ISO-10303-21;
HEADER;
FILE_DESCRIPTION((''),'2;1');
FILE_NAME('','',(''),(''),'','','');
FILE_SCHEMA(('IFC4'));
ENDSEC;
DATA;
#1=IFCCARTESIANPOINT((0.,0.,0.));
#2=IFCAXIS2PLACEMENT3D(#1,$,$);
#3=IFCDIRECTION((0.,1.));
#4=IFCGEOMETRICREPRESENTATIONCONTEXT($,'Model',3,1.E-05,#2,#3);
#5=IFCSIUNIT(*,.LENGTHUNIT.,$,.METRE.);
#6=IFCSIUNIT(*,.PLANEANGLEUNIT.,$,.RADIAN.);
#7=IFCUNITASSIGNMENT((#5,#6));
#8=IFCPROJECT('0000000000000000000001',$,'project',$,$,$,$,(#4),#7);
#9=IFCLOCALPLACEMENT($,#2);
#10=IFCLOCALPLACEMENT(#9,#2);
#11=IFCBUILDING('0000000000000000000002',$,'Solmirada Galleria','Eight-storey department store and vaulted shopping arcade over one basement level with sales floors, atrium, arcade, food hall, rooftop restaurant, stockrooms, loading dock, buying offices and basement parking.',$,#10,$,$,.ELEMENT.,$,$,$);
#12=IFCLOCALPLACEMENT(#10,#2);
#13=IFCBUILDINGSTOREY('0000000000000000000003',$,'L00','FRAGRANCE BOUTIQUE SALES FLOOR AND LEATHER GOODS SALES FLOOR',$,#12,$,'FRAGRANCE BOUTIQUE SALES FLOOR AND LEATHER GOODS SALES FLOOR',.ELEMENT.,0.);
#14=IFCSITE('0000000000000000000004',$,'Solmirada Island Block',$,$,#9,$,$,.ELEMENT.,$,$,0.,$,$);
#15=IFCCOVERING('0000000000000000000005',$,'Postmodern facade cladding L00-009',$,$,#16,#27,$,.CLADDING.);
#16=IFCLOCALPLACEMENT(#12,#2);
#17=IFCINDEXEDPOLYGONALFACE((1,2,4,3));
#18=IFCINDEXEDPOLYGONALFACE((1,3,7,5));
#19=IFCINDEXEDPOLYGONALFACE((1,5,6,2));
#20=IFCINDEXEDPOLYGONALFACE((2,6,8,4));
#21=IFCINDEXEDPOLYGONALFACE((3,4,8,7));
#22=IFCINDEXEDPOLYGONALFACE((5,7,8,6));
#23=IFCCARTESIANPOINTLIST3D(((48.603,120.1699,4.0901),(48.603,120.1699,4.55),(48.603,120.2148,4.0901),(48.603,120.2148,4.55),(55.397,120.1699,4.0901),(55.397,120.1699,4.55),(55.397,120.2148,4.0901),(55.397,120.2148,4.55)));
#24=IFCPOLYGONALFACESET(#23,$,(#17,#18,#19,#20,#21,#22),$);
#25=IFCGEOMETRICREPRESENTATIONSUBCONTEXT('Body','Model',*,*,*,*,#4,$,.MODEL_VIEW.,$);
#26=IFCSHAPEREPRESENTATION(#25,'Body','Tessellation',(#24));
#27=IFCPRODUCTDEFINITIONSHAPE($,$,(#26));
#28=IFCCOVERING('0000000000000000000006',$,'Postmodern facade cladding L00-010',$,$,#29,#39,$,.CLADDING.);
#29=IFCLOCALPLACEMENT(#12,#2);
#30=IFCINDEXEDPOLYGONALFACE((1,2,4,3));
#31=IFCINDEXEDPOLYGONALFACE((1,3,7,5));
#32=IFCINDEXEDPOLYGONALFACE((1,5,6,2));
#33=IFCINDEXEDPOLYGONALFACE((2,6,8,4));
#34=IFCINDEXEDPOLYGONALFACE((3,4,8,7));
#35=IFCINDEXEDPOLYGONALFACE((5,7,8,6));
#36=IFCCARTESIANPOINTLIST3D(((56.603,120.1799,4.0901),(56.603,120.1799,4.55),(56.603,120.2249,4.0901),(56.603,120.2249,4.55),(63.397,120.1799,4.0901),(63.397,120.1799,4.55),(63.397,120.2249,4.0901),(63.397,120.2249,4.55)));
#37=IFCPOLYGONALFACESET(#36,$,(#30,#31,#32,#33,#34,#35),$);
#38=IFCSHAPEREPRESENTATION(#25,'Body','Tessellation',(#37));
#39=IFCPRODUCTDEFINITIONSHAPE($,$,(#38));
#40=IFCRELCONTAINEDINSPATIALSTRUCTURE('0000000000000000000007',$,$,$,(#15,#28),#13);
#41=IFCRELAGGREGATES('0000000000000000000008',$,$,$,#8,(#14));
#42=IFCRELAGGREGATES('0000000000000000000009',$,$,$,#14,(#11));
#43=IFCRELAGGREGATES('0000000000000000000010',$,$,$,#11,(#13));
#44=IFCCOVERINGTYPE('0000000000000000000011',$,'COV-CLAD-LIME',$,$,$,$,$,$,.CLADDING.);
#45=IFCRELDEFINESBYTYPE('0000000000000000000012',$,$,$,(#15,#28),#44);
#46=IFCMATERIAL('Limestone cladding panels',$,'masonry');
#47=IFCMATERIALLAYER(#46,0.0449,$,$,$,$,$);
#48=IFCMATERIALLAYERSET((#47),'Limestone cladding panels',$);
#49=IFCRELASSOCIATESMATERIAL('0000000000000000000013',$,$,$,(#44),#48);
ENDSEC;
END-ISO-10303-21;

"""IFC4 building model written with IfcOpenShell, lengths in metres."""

from ifc_helpers import new_model, si_unit, direction, frame, origin, origin_2d, place, context, subcontext, project, spatial, rectangle, extrude, material, layer, layer_set, type_object, element, save


model = new_model("IFC4")

# Units and contexts
model_context = context("Model", 3, precision=1e-05, world=origin(), true_north=direction((0.0, 1.0)))
body_context = subcontext(model_context, "Body", "Model", "MODEL_VIEW")
ifc_project = project(units=[si_unit("LENGTHUNIT", "METRE"), si_unit("PLANEANGLEUNIT", "RADIAN")], contexts=[model_context])

# Site, building, storey
site_placement = place(None, origin())
site = spatial("IfcSite", under=ifc_project, at=site_placement, Name="Solmirada Island Block", CompositionType="ELEMENT", RefElevation=0.0)
building_placement = place(site_placement, origin())
building = spatial("IfcBuilding", under=site, at=building_placement, Name="Solmirada Galleria", Description="Eight-storey department store and vaulted shopping arcade over one basement level with sales floors, atrium, arcade, food hall, rooftop restaurant, stockrooms, loading dock, buying offices and basement parking.", CompositionType="ELEMENT")
storey_placement = place(building_placement, origin())
storey = spatial("IfcBuildingStorey", under=building, at=storey_placement, Name="L00", Description="FRAGRANCE BOUTIQUE SALES FLOOR AND LEATHER GOODS SALES FLOOR", LongName="FRAGRANCE BOUTIQUE SALES FLOOR AND LEATHER GOODS SALES FLOOR", CompositionType="ELEMENT", Elevation=0.0)

# Coverings
ifc_material_1 = material(Name="Limestone cladding panels", Category="masonry")
ifc_layer_1 = layer(ifc_material_1, 0.0449)
ifc_layer_set_1 = layer_set([ifc_layer_1], Name="Limestone cladding panels")
covering_type = type_object("IfcCoveringType", Name="COV-CLAD-LIME", PredefinedType="CLADDING", material=ifc_layer_set_1)
for number, where, z_axis, x_axis, name in (
    (1, (52.0, 120.1924, 4.0901), (0.0, 0.0, 1.0), (1.0, 0.0, 0.0), "Postmodern facade cladding L00-009"),
    (2, (60.0, 120.2024, 4.0901), (0.0, 0.0, 1.0), (1.0, 0.0, 0.0), "Postmodern facade cladding L00-010"),
):
    element("IfcCovering", number, at=place(storey_placement, frame(where, z_axis=z_axis, x_axis=x_axis)), inside=storey, type_object=covering_type, Name=name, PredefinedType="CLADDING", context=body_context, shape_type="SweptSolid", body=[
        extrude(rectangle(XDim=6.7939, YDim=0.0449, at=origin_2d()), origin(), (0.0, 0.0, 1.0), 0.46),
    ])

save(model, "model.ifc")
